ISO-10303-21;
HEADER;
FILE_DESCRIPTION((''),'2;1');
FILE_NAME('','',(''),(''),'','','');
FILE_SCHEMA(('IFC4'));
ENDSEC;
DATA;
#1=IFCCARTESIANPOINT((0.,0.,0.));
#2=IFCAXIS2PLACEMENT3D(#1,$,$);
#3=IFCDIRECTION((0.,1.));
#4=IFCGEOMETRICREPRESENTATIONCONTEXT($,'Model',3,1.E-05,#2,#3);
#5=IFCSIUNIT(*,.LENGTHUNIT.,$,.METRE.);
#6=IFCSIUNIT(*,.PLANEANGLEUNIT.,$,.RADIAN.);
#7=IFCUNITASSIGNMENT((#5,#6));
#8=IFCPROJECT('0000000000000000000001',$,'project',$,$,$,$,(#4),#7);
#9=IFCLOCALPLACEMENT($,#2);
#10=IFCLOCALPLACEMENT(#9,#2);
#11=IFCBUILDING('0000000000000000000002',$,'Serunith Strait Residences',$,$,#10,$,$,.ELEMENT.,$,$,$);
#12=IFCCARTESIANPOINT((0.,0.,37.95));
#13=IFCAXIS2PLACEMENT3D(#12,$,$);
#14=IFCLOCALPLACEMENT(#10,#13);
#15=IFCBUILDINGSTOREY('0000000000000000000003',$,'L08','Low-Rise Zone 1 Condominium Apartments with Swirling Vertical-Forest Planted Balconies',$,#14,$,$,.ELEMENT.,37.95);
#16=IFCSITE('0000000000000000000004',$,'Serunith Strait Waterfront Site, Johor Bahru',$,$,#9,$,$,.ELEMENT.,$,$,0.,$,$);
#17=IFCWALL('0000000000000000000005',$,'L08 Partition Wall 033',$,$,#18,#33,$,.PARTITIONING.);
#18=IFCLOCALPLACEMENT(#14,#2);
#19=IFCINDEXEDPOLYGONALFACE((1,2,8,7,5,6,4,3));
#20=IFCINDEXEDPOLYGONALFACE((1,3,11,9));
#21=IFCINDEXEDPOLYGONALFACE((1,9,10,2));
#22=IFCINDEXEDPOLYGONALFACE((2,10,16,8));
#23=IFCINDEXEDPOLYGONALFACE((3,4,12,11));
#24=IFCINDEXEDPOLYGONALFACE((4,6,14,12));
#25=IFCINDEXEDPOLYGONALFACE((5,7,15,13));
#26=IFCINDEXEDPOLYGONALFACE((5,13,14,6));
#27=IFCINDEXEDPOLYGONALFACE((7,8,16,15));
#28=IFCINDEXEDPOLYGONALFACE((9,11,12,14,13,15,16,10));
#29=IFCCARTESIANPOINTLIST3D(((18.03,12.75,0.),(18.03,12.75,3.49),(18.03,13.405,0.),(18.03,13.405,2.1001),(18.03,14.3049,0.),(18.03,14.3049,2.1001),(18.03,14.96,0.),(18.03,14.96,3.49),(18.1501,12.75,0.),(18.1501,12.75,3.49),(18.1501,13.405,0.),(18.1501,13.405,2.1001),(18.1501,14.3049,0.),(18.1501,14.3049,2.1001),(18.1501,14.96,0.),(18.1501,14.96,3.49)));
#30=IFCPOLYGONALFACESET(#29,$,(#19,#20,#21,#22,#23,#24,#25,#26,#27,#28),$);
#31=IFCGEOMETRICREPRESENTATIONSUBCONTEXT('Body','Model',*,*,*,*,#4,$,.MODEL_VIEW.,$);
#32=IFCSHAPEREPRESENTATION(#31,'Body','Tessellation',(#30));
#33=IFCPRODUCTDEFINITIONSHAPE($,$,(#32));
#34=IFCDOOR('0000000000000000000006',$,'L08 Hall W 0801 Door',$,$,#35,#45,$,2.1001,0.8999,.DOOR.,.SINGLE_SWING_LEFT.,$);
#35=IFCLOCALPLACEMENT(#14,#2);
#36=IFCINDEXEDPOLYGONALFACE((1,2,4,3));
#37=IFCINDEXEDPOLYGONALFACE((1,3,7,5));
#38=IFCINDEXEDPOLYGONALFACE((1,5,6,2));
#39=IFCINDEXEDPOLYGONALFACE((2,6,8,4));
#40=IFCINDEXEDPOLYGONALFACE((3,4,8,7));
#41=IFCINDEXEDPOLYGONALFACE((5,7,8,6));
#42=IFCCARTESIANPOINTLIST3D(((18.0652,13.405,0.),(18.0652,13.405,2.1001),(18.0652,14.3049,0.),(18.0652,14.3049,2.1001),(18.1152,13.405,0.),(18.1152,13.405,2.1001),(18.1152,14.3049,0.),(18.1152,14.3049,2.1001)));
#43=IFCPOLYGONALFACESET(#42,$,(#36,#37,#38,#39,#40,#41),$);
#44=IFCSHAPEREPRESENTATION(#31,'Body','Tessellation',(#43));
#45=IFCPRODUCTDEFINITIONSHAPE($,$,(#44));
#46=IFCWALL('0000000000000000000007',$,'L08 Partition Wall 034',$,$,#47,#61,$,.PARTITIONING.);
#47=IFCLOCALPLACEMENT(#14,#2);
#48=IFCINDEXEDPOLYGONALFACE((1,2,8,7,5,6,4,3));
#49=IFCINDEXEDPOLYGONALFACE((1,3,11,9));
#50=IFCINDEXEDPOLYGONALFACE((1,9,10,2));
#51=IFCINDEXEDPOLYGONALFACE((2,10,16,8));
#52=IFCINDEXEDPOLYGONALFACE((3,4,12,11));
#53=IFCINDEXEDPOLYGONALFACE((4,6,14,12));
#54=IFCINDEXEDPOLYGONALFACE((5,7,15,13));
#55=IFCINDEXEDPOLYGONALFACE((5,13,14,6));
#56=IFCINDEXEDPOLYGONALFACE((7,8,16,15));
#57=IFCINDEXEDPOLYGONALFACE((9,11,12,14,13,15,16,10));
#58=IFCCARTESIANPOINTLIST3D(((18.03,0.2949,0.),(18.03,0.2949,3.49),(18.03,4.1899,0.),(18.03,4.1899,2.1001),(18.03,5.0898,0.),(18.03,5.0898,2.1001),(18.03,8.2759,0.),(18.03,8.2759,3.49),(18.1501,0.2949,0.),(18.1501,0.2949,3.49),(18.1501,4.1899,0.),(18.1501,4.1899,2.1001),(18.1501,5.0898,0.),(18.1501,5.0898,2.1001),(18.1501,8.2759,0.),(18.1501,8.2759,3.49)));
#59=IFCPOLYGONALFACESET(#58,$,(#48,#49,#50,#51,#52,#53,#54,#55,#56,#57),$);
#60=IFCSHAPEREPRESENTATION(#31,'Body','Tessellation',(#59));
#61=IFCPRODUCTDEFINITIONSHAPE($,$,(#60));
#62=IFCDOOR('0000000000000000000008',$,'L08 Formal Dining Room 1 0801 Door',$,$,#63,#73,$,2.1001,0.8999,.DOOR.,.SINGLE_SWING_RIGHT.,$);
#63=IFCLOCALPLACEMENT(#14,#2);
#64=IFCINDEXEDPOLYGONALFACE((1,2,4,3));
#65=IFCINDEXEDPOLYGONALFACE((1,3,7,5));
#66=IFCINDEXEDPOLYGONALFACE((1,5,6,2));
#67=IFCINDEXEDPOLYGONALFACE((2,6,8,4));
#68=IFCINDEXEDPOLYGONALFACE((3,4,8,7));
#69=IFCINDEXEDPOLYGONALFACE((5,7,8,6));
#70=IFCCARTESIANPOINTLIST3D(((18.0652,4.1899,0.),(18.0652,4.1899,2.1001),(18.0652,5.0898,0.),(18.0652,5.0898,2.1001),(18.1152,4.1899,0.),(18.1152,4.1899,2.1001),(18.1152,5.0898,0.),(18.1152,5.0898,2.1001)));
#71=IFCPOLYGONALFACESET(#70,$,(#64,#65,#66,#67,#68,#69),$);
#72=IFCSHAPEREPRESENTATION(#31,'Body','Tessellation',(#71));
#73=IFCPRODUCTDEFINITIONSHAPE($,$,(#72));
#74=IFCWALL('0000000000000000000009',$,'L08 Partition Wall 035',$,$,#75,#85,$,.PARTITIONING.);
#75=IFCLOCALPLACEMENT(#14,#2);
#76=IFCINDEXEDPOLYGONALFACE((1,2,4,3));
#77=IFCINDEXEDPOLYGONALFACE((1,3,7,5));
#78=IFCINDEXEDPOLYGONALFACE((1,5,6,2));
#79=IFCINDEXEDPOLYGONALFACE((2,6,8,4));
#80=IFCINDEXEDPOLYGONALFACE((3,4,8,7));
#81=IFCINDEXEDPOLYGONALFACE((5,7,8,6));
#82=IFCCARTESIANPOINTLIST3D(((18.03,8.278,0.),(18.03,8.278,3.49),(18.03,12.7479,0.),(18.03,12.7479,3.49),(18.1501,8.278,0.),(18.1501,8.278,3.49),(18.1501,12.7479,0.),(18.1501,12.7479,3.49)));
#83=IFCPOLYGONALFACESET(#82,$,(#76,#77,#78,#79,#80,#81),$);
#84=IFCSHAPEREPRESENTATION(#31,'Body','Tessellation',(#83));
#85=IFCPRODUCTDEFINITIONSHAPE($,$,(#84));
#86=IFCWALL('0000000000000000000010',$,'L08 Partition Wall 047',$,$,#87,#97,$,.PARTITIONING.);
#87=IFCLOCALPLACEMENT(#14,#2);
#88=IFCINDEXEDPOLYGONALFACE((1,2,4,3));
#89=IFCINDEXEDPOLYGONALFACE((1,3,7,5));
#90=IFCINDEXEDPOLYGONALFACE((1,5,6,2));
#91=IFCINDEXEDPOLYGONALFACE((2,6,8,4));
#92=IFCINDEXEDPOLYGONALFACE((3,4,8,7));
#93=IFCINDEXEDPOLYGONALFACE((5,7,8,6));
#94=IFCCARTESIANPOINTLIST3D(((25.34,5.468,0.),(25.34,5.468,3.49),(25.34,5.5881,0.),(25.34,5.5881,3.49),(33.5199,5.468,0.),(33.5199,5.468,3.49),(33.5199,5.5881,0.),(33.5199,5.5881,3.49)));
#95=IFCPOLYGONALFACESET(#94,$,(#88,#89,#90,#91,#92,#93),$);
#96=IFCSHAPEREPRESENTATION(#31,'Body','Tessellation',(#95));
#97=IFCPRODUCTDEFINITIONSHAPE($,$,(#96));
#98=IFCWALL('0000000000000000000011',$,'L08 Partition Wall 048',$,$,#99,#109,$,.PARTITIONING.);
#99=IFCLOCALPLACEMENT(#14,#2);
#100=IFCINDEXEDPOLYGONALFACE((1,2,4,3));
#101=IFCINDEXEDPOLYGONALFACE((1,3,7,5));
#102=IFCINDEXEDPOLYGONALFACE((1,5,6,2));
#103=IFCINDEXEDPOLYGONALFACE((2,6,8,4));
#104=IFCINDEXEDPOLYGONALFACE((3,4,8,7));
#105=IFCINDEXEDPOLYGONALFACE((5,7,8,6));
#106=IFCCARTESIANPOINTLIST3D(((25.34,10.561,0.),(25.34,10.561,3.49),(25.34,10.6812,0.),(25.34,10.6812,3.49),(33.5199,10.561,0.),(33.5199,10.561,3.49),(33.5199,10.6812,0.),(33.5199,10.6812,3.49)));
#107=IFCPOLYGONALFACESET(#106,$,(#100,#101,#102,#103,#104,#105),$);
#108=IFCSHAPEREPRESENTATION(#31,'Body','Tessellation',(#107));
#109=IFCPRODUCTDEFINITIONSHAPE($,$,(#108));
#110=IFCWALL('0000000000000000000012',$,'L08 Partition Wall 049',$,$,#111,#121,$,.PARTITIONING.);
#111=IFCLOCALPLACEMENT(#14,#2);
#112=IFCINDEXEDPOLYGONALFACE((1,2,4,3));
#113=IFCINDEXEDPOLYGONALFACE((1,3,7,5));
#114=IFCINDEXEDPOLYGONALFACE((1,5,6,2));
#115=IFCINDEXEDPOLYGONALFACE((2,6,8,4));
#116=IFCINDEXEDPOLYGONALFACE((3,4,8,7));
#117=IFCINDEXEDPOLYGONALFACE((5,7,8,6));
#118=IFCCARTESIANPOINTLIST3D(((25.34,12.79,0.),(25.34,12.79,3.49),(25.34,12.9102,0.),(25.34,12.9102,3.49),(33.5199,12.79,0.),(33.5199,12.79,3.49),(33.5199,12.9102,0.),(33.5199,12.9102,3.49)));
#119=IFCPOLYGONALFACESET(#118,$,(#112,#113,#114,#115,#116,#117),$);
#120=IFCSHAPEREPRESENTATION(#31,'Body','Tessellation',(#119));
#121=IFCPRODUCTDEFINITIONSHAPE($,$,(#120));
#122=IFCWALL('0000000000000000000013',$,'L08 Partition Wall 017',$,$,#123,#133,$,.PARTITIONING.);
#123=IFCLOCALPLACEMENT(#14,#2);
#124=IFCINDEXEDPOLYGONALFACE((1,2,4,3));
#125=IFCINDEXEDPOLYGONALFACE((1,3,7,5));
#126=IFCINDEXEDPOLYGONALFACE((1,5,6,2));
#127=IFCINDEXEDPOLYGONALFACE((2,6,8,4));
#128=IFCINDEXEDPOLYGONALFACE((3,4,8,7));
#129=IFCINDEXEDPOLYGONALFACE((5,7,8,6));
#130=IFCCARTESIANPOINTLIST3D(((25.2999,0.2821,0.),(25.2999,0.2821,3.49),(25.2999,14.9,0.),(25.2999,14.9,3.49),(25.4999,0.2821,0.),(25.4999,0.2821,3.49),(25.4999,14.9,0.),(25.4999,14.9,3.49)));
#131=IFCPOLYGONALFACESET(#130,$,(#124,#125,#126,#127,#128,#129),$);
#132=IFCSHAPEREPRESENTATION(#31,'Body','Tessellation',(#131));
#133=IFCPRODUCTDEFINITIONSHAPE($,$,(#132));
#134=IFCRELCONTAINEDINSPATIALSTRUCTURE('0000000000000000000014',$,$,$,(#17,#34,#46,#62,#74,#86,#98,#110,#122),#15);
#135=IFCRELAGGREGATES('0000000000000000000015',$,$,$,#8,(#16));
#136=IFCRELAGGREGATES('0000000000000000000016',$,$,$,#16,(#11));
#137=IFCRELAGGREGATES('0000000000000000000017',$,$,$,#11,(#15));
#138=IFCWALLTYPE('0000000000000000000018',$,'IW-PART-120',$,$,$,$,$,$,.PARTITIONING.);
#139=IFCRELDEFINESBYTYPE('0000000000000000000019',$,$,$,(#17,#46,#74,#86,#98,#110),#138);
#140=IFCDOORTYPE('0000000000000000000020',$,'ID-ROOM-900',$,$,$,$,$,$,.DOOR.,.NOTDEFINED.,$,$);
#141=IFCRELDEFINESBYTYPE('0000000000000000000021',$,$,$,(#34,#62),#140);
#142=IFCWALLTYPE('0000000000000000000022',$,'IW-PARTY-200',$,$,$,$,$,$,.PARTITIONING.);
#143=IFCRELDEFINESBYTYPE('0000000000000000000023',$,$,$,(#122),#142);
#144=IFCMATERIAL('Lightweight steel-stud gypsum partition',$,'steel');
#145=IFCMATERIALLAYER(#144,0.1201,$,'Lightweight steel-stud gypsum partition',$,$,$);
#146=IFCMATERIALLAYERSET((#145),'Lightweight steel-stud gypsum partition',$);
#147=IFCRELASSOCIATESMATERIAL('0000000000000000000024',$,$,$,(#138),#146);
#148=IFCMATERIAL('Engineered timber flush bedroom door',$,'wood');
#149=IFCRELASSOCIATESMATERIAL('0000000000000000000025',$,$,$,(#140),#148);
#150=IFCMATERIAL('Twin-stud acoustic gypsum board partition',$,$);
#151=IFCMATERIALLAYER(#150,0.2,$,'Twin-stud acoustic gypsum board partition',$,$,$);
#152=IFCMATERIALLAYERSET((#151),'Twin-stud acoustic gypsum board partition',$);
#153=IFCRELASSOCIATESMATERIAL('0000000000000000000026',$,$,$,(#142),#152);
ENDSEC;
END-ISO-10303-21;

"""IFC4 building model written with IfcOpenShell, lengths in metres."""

from ifc_helpers import new_model, si_unit, direction, frame, frame_2d, origin, place, context, subcontext, project, spatial, rectangle, extrude, source, transform, mapped, material, layer, layer_set, type_object, element, fill, save


model = new_model("IFC4")

# Units and contexts
model_context = context("Model", 3, precision=1e-05, world=origin(), true_north=direction((0.0, 1.0)))
body_context = subcontext(model_context, "Body", "Model", "MODEL_VIEW")
ifc_project = project(units=[si_unit("LENGTHUNIT", "METRE"), si_unit("PLANEANGLEUNIT", "RADIAN")], contexts=[model_context])

# Site, building, storey
site_placement = place(None, origin())
site = spatial("IfcSite", under=ifc_project, at=site_placement, Name="Serunith Strait Waterfront Site, Johor Bahru", CompositionType="ELEMENT", RefElevation=0.0)
building_placement = place(site_placement, origin())
building = spatial("IfcBuilding", under=site, at=building_placement, Name="Serunith Strait Residences", CompositionType="ELEMENT")
storey_placement = place(building_placement, frame((0.0, 0.0, 37.95)))
storey = spatial("IfcBuildingStorey", under=building, at=storey_placement, Name="L08", Description="Low-Rise Zone 1 Condominium Apartments with Swirling Vertical-Forest Planted Balconies", CompositionType="ELEMENT", Elevation=37.95)

# Shared definitions
ifc_material_1 = material(Name="Lightweight steel-stud gypsum partition", Category="steel")
ifc_layer_1 = layer(ifc_material_1, 0.1201, Name="Lightweight steel-stud gypsum partition")
ifc_layer_set_1 = layer_set([ifc_layer_1], Name="Lightweight steel-stud gypsum partition")
wall_type_1 = type_object("IfcWallType", Name="IW-PART-120", PredefinedType="PARTITIONING", material=ifc_layer_set_1)

# Walls, openings, doors
wall_1_placement = place(storey_placement, frame((18.0901, 12.75, 0.0), z_axis=(0.0, 0.0, 1.0), x_axis=(0.0, 1.0, 0.0)))
wall_1 = element("IfcWall", 1, at=wall_1_placement, inside=storey, type_object=wall_type_1, Name="L08 Partition Wall 033", PredefinedType="PARTITIONING", context=body_context, shape_type="SweptSolid", body=[
    extrude(rectangle(XDim=2.21, YDim=0.1201, at=frame_2d((1.105, 0.0))), origin(), (0.0, 0.0, 1.0), 3.49),
])
opening_1_placement = place(wall_1_placement, frame((0.655, 0.0, 0.0)))
opening_1 = element("IfcOpeningElement", 2, at=opening_1_placement, cuts=wall_1, PredefinedType="OPENING", context=body_context, shape_type="SweptSolid", body=[
    extrude(rectangle(XDim=0.8999, YDim=2.1001, at=frame_2d((0.45, 1.05))), frame((0.0, 0.0701, 0.0), z_axis=(0.0, -1.0, 0.0), x_axis=(1.0, 0.0, 0.0)), (0.0, 0.0, 1.0), 0.1401),
])
ifc_material_2 = material(Name="Engineered timber flush bedroom door", Category="wood")
door_type_1 = type_object("IfcDoorType", Name="ID-ROOM-900", OperationType="NOTDEFINED", PredefinedType="DOOR", material=ifc_material_2)
shared_shape_1 = source(origin(), body_context, "Body", "SweptSolid", [
    extrude(rectangle(XDim=0.8999, YDim=2.1001, at=frame_2d((0.45, 1.05))), frame((0.0, 0.0249, 0.0), z_axis=(0.0, -1.0, 0.0), x_axis=(1.0, 0.0, 0.0)), (0.0, 0.0, 1.0), 0.05),
])
door_1_placement = place(opening_1_placement, origin())
door_1 = element("IfcDoor", 3, at=door_1_placement, inside=storey, type_object=door_type_1, Name="L08 Hall W 0801 Door", OperationType="SINGLE_SWING_LEFT", OverallHeight=2.1001, OverallWidth=0.8999, PredefinedType="DOOR", context=body_context, shape_type="MappedRepresentation", body=[
    mapped(shared_shape_1, transform((0.0, 0.0, 0.0), scale=1.0)),
])
fill(opening_1, door_1)
wall_2_placement = place(storey_placement, frame((18.0901, 0.2949, 0.0), z_axis=(0.0, 0.0, 1.0), x_axis=(0.0, 1.0, 0.0)))
wall_2 = element("IfcWall", 4, at=wall_2_placement, inside=storey, type_object=wall_type_1, Name="L08 Partition Wall 034", PredefinedType="PARTITIONING", context=body_context, shape_type="SweptSolid", body=[
    extrude(rectangle(XDim=7.981, YDim=0.1201, at=frame_2d((3.9905, 0.0))), origin(), (0.0, 0.0, 1.0), 3.49),
])
opening_2_placement = place(wall_2_placement, frame((3.895, 0.0, 0.0)))
opening_2 = element("IfcOpeningElement", 5, at=opening_2_placement, cuts=wall_2, PredefinedType="OPENING", context=body_context, shape_type="SweptSolid", body=[
    extrude(rectangle(XDim=0.8999, YDim=2.1001, at=frame_2d((0.45, 1.05))), frame((0.0, 0.0701, 0.0), z_axis=(0.0, -1.0, 0.0), x_axis=(1.0, 0.0, 0.0)), (0.0, 0.0, 1.0), 0.1401),
])
door_2_placement = place(opening_2_placement, origin())
door_2 = element("IfcDoor", 6, at=door_2_placement, inside=storey, type_object=door_type_1, Name="L08 Formal Dining Room 1 0801 Door", OperationType="SINGLE_SWING_RIGHT", OverallHeight=2.1001, OverallWidth=0.8999, PredefinedType="DOOR", context=body_context, shape_type="MappedRepresentation", body=[
    mapped(shared_shape_1, transform((0.0, 0.0, 0.0), scale=1.0)),
])
fill(opening_2, door_2)

# Walls
wall_3_placement = place(storey_placement, frame((18.0901, 8.2781, 0.0), z_axis=(0.0, 0.0, 1.0), x_axis=(0.0, 1.0, 0.0)))
element("IfcWall", 7, at=wall_3_placement, inside=storey, type_object=wall_type_1, Name="L08 Partition Wall 035", PredefinedType="PARTITIONING", context=body_context, shape_type="SweptSolid", body=[
    extrude(rectangle(XDim=4.47, YDim=0.1201, at=frame_2d((2.2349, 0.0))), origin(), (0.0, 0.0, 1.0), 3.49),
])
for number, where, z_axis, x_axis, name in (
    (8, (25.3401, 5.5281, 0.0), (0.0, 0.0, 1.0), (1.0, 0.0, 0.0), "L08 Partition Wall 047"),
    (9, (25.3401, 10.6211, 0.0), (0.0, 0.0, 1.0), (1.0, 0.0, 0.0), "L08 Partition Wall 048"),
    (10, (25.3401, 12.8501, 0.0), (0.0, 0.0, 1.0), (1.0, 0.0, 0.0), "L08 Partition Wall 049"),
):
    element("IfcWall", number, at=place(storey_placement, frame(where, z_axis=z_axis, x_axis=x_axis)), inside=storey, type_object=wall_type_1, Name=name, PredefinedType="PARTITIONING", context=body_context, shape_type="SweptSolid", body=[
        extrude(rectangle(XDim=8.1799, YDim=0.1201, at=frame_2d((4.0898, 0.0))), origin(), (0.0, 0.0, 1.0), 3.49),
    ])
ifc_material_3 = material(Name="Twin-stud acoustic gypsum board partition")
ifc_layer_2 = layer(ifc_material_3, 0.2, Name="Twin-stud acoustic gypsum board partition")
ifc_layer_set_2 = layer_set([ifc_layer_2], Name="Twin-stud acoustic gypsum board partition")
wall_type_2 = type_object("IfcWallType", Name="IW-PARTY-200", PredefinedType="PARTITIONING", material=ifc_layer_set_2)
wall_4_placement = place(storey_placement, frame((25.3999, 0.282, 0.0), z_axis=(0.0, 0.0, 1.0), x_axis=(0.0, 1.0, 0.0)))
element("IfcWall", 11, at=wall_4_placement, inside=storey, type_object=wall_type_2, Name="L08 Partition Wall 017", PredefinedType="PARTITIONING", context=body_context, shape_type="SweptSolid", body=[
    extrude(rectangle(XDim=14.6179, YDim=0.2, at=frame_2d((7.3091, 0.0))), origin(), (0.0, 0.0, 1.0), 3.49),
])

save(model, "model.ifc")
